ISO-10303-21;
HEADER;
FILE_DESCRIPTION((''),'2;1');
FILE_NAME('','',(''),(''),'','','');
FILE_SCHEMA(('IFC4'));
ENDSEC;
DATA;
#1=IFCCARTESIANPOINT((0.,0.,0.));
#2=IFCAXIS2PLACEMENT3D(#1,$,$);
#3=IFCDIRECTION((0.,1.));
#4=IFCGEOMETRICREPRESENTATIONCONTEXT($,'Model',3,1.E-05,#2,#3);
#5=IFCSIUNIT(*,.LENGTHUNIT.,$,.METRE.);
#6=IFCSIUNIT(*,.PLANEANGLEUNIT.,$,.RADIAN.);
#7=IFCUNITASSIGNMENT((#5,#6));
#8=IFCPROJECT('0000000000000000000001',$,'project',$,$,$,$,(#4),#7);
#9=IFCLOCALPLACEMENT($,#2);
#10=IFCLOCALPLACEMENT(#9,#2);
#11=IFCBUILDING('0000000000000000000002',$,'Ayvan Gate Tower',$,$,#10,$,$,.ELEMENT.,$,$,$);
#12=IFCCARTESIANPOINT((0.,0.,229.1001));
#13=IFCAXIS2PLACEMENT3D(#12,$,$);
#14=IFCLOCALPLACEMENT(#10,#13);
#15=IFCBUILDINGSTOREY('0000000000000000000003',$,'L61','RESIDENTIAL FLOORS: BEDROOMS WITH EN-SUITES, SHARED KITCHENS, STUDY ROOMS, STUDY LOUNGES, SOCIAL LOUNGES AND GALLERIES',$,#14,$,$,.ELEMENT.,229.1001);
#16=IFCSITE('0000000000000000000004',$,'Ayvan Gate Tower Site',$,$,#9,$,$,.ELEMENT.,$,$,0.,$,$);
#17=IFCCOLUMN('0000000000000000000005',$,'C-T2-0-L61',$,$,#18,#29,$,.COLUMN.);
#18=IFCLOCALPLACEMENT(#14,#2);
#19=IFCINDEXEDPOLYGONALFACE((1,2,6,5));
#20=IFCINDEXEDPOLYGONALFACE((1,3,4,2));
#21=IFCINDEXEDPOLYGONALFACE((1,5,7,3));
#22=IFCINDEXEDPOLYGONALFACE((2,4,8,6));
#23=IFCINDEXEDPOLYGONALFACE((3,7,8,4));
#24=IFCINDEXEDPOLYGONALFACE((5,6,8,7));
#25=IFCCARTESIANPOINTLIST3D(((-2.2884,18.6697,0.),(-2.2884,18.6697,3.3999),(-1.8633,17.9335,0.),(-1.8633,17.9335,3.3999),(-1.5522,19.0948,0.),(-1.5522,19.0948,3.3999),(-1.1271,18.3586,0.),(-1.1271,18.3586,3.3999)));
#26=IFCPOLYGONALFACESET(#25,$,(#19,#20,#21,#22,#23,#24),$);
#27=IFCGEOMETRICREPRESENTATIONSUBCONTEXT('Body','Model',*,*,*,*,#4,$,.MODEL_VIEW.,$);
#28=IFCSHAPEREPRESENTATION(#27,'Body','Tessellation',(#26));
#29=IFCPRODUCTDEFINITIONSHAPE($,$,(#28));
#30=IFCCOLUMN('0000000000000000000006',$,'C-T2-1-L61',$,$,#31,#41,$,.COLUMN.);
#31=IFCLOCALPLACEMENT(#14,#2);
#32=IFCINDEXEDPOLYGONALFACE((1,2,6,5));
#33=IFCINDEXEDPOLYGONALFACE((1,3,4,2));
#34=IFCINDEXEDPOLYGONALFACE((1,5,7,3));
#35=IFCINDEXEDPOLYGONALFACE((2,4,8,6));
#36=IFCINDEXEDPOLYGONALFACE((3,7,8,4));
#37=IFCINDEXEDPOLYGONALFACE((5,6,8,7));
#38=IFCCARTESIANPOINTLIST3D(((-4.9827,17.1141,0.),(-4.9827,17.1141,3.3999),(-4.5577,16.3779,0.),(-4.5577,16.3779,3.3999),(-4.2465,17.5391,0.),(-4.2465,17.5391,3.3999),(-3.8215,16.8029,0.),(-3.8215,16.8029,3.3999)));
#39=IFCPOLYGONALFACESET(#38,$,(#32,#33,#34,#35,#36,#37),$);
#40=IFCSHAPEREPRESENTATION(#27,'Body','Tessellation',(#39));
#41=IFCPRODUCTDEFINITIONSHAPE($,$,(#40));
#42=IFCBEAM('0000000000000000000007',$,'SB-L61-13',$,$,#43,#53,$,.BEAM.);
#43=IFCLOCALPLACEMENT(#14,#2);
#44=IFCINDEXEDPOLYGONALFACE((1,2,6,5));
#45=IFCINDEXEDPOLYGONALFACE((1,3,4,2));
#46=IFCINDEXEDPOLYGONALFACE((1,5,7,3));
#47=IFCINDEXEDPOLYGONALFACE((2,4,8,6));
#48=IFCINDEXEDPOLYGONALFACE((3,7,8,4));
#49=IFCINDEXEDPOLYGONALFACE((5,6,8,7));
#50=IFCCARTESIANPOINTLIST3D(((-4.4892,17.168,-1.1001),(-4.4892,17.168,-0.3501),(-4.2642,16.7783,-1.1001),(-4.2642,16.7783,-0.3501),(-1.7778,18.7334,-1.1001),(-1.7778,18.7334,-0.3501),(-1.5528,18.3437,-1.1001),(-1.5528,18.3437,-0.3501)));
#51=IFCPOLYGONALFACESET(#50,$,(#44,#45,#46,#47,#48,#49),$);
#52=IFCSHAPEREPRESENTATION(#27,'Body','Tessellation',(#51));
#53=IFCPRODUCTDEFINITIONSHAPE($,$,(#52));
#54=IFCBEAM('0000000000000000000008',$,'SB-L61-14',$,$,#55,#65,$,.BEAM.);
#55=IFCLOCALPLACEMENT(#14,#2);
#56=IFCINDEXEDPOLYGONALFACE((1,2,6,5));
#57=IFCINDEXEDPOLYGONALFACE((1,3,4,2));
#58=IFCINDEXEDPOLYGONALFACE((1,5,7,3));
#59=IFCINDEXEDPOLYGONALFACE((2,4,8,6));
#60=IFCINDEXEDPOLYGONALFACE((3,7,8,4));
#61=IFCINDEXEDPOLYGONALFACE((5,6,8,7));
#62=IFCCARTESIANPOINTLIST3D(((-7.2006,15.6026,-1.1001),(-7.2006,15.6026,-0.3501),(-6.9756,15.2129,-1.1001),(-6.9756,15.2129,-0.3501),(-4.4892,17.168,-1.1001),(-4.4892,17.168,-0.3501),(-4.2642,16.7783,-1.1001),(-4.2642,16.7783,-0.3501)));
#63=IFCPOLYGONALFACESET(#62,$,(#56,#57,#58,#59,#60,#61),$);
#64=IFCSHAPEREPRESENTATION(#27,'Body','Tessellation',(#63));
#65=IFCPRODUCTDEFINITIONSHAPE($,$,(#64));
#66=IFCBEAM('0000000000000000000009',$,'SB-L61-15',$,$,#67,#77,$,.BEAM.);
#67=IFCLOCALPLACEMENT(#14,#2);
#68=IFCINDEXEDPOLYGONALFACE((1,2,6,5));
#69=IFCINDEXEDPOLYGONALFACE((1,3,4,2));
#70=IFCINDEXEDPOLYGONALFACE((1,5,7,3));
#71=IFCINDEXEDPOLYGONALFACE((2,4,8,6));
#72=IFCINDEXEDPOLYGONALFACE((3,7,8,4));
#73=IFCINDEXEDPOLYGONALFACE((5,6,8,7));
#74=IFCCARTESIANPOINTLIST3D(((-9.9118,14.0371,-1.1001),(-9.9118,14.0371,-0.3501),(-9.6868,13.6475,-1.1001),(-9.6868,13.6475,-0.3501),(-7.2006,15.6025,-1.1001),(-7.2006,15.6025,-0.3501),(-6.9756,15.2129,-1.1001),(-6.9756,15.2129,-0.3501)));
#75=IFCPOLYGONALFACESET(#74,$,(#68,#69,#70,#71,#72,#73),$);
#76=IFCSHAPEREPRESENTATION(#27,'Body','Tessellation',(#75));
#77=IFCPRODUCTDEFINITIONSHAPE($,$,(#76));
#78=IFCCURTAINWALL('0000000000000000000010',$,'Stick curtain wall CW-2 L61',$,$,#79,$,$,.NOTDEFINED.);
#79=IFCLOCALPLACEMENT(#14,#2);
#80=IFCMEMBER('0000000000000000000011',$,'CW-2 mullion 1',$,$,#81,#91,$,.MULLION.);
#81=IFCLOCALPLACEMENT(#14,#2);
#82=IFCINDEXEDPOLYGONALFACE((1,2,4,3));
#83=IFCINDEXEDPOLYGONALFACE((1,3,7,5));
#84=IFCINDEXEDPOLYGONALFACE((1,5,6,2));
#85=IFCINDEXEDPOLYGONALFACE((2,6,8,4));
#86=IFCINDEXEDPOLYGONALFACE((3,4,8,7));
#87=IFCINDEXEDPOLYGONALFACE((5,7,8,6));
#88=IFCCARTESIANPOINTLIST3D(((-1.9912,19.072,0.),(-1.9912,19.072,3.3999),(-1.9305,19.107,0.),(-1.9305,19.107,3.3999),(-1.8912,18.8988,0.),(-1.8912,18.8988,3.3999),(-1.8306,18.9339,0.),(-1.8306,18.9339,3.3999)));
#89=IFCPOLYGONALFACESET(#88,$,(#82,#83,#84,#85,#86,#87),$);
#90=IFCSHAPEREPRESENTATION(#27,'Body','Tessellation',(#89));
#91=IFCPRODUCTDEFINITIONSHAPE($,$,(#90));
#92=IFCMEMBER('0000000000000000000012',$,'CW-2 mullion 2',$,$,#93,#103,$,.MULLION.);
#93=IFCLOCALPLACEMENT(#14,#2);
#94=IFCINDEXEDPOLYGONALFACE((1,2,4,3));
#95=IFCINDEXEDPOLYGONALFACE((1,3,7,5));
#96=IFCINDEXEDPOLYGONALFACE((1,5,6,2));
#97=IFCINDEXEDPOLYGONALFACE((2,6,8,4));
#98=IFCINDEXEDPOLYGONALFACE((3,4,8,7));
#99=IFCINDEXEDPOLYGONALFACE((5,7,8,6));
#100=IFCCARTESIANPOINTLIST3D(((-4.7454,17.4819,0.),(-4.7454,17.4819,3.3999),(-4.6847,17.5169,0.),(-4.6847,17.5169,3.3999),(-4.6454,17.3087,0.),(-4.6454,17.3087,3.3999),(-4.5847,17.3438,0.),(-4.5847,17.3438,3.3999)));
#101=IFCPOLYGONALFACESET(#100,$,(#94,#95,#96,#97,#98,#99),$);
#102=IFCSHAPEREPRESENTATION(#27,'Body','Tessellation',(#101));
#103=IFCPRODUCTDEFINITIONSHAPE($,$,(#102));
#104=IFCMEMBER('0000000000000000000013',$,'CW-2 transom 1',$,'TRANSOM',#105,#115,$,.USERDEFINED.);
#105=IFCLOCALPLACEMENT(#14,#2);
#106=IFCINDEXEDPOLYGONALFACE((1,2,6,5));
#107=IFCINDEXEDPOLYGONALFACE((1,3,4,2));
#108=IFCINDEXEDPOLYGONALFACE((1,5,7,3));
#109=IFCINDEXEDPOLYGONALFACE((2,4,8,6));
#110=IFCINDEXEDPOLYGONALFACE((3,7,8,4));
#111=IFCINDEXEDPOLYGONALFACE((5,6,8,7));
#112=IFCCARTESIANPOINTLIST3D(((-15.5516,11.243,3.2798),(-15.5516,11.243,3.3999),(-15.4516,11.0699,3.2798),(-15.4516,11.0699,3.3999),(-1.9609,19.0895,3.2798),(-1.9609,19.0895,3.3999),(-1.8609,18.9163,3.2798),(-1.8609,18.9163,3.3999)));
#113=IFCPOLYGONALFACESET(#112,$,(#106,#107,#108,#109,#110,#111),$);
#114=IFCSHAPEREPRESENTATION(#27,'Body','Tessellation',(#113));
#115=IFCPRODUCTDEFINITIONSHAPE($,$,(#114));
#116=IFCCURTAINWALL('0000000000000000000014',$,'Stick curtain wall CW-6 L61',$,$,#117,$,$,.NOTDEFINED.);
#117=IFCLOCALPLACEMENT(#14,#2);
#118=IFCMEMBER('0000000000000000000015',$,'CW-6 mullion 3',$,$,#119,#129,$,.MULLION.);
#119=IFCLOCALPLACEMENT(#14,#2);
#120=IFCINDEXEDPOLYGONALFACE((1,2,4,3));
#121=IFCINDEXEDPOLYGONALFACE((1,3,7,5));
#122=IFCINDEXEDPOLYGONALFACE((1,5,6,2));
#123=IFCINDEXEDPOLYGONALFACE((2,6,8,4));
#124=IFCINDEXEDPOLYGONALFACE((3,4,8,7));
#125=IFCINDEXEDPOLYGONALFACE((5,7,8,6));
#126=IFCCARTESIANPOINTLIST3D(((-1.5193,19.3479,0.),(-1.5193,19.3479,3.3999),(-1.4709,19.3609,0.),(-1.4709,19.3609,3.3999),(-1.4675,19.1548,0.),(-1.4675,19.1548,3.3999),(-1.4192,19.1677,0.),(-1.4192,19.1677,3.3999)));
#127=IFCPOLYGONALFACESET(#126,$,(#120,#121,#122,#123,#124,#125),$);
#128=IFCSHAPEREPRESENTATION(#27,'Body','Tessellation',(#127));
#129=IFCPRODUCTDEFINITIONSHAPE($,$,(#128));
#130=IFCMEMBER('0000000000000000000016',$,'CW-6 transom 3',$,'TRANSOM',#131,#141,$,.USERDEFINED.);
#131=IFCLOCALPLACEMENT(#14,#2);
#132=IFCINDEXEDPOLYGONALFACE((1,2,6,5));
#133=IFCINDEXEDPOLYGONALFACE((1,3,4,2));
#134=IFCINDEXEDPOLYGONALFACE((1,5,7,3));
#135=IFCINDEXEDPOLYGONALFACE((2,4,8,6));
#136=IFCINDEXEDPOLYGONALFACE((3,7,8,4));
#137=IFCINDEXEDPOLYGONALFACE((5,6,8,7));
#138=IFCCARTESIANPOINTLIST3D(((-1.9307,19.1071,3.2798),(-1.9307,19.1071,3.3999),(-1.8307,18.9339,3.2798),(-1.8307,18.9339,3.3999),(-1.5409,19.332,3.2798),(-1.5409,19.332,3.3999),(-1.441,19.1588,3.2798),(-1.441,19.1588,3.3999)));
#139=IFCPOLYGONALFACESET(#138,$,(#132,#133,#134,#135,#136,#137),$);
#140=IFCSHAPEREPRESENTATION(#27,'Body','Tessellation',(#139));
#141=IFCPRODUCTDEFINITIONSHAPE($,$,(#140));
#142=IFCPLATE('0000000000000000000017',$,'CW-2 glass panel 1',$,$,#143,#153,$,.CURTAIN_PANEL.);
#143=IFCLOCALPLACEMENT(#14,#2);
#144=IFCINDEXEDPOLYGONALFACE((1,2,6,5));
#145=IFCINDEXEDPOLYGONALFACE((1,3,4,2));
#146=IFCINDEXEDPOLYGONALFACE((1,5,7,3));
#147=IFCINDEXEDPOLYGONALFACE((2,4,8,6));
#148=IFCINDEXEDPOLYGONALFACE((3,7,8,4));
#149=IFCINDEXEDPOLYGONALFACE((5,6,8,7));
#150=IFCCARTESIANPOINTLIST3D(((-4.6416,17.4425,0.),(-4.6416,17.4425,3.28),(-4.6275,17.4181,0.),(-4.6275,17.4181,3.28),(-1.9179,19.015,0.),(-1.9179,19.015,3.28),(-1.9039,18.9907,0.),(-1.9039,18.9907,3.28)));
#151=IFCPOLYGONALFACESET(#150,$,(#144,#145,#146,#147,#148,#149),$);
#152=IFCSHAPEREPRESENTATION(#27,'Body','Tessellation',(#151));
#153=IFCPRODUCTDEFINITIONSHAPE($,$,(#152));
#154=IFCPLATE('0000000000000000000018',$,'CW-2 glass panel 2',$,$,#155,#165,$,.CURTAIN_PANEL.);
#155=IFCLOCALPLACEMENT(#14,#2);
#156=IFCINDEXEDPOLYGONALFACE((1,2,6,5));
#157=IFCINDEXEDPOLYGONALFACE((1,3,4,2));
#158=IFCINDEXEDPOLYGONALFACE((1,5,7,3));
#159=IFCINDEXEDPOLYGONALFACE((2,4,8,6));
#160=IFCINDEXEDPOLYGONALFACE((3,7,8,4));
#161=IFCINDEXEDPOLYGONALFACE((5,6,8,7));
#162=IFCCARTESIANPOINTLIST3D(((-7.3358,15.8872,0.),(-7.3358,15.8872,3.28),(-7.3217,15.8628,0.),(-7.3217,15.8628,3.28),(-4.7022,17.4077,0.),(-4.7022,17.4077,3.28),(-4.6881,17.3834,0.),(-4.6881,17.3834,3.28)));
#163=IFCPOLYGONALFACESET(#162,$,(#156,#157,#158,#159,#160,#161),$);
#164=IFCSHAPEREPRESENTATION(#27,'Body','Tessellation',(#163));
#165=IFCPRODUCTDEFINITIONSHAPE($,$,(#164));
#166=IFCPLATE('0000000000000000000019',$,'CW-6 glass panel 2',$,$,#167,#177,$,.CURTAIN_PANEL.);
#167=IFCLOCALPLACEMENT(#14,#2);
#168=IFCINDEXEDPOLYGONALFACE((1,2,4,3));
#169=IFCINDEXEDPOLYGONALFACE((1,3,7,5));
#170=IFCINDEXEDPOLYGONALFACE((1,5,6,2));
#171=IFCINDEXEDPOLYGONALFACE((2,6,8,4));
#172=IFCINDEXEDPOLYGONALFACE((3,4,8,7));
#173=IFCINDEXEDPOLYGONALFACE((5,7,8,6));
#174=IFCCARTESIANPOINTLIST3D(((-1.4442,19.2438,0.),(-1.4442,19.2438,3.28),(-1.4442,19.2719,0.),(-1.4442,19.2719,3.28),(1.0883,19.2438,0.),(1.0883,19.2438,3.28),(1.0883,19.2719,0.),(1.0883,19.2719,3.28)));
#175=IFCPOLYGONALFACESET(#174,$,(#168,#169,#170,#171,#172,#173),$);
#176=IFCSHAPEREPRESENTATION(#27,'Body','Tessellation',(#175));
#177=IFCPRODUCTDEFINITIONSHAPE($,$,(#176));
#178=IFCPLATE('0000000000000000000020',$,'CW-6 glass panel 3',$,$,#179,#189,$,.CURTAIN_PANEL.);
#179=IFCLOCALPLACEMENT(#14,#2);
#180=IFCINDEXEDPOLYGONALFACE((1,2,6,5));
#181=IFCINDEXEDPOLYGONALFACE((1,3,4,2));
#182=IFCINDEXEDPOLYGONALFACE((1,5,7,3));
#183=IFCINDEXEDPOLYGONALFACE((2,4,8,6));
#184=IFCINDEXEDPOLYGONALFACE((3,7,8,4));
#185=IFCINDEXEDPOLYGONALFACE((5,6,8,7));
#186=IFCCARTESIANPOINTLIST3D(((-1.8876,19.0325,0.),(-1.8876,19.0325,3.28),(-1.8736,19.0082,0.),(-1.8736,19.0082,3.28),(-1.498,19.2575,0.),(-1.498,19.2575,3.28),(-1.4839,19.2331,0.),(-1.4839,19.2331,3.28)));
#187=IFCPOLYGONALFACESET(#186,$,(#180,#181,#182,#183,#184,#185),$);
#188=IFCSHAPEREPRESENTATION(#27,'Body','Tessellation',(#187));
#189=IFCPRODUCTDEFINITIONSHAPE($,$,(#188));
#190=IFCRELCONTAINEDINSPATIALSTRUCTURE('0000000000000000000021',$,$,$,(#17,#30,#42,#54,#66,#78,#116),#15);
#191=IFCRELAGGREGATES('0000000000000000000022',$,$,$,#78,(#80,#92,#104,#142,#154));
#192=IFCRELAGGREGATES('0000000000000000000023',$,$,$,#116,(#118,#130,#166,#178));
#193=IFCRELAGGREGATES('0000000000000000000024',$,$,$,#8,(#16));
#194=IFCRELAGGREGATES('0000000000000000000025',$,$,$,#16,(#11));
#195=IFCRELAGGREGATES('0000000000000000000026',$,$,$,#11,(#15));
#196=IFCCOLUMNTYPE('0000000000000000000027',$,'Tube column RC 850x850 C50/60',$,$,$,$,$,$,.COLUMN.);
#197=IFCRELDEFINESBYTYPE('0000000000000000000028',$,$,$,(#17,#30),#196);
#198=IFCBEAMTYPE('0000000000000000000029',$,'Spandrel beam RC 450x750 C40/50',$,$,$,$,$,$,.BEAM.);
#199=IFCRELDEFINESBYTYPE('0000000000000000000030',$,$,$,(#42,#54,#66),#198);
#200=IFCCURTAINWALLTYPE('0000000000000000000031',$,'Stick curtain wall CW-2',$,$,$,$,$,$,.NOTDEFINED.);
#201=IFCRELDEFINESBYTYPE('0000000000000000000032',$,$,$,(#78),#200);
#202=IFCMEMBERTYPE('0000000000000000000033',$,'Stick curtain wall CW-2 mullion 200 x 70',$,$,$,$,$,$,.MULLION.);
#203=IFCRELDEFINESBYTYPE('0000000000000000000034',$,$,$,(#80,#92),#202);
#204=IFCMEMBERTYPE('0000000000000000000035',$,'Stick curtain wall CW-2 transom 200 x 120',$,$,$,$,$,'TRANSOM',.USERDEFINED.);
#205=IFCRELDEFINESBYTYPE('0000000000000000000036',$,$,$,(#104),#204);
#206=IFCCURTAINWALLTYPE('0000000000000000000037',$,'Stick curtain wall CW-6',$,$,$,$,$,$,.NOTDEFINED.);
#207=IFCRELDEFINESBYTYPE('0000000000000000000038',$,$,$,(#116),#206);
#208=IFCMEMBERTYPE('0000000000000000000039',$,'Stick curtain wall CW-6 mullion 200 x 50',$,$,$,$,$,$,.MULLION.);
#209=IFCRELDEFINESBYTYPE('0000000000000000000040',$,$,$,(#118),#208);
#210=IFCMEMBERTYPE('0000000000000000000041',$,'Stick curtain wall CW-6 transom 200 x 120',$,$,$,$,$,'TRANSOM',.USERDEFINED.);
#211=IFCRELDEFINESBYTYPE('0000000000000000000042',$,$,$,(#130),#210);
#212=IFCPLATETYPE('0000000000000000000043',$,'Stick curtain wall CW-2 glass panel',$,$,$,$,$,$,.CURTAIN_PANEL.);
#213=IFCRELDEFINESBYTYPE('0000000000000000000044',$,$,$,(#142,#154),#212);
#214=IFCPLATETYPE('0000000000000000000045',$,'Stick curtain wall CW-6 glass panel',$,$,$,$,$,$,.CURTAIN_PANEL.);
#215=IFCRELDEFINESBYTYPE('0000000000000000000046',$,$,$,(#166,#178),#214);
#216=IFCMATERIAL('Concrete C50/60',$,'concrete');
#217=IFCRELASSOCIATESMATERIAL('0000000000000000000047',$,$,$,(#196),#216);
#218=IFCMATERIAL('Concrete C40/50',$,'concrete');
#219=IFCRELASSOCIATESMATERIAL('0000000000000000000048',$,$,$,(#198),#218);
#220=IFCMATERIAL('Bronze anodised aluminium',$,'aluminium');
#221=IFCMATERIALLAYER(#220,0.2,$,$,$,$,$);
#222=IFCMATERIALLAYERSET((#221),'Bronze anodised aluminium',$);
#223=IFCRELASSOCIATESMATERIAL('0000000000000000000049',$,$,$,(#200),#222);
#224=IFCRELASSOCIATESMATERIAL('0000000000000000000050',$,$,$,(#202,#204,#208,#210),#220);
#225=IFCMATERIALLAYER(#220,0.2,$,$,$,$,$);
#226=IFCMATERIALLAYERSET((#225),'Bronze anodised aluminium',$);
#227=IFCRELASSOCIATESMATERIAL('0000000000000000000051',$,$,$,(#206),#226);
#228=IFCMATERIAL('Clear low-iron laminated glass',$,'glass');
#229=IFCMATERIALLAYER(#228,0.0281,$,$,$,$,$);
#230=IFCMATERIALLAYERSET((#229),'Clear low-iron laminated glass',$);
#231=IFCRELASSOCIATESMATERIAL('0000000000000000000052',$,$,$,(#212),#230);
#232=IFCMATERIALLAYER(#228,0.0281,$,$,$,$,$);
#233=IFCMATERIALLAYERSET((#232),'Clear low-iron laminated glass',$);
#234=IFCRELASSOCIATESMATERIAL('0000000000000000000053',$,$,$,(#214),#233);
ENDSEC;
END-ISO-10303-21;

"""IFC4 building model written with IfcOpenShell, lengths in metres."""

from ifc_helpers import new_model, si_unit, direction, frame, origin, origin_2d, place, context, subcontext, project, spatial, rectangle, extrude, material, layer, layer_set, material_profile, profile_set, type_object, element, aggregate, save


model = new_model("IFC4")

# Units and contexts
model_context = context("Model", 3, precision=1e-05, world=origin(), true_north=direction((0.0, 1.0)))
body_context = subcontext(model_context, "Body", "Model", "MODEL_VIEW")
ifc_project = project(units=[si_unit("LENGTHUNIT", "METRE"), si_unit("PLANEANGLEUNIT", "RADIAN")], contexts=[model_context])

# Site, building, storey
site_placement = place(None, origin())
site = spatial("IfcSite", under=ifc_project, at=site_placement, Name="Ayvan Gate Tower Site", CompositionType="ELEMENT", RefElevation=0.0)
building_placement = place(site_placement, origin())
building = spatial("IfcBuilding", under=site, at=building_placement, Name="Ayvan Gate Tower", CompositionType="ELEMENT")
storey_placement = place(building_placement, frame((0.0, 0.0, 229.1001)))
storey = spatial("IfcBuildingStorey", under=building, at=storey_placement, Name="L61", Description="RESIDENTIAL FLOORS: BEDROOMS WITH EN-SUITES, SHARED KITCHENS, STUDY ROOMS, STUDY LOUNGES, SOCIAL LOUNGES AND GALLERIES", CompositionType="ELEMENT", Elevation=229.1001)

# Columns
ifc_material_1 = material(Name="Concrete C50/60", Category="concrete")
ifc_material_profile_1 = material_profile(ifc_material_1, rectangle(XDim=0.8501, YDim=0.8501, at=origin_2d()), Name="RC 850x850")
ifc_profile_set_1 = profile_set([ifc_material_profile_1], Name="Concrete C50/60")
column_type = type_object("IfcColumnType", Name="Tube column RC 850x850 C50/60", PredefinedType="COLUMN", material=ifc_profile_set_1)
for number, where, z_axis, x_axis, name in (
    (1, (-1.7078, 18.5142, 0.0), (0.0, 0.0, 1.0), (-0.5, 0.866025, 0.0), "C-T2-0-L61"),
    (2, (-4.4021, 16.9585, 0.0), (0.0, 0.0, 1.0), (-0.5, 0.866025, 0.0), "C-T2-1-L61"),
):
    element("IfcColumn", number, at=place(storey_placement, frame(where, z_axis=z_axis, x_axis=x_axis)), inside=storey, type_object=column_type, Name=name, PredefinedType="COLUMN", context=body_context, shape_type="SweptSolid", body=[
        extrude(rectangle(XDim=0.8501, YDim=0.8501, at=origin_2d()), origin(), (0.0, 0.0, 1.0), 3.3999),
    ])

# Beams
ifc_material_2 = material(Name="Concrete C40/50", Category="concrete")
ifc_material_profile_2 = material_profile(ifc_material_2, rectangle(XDim=0.45, YDim=0.75, at=origin_2d()), Name="RC 450x750")
ifc_profile_set_2 = profile_set([ifc_material_profile_2], Name="Concrete C40/50")
beam_type = type_object("IfcBeamType", Name="Spandrel beam RC 450x750 C40/50", PredefinedType="BEAM", material=ifc_profile_set_2)
for number, where, z_axis, x_axis, name in (
    (3, (-1.6653, 18.5386, -0.7251), (-0.866027, -0.499997, 0.0), (0.499997, -0.866027, 0.0), "SB-L61-13"),
    (4, (-4.3767, 16.9731, -0.7251), (-0.866027, -0.499997, 0.0), (0.499997, -0.866027, 0.0), "SB-L61-14"),
):
    element("IfcBeam", number, at=place(storey_placement, frame(where, z_axis=z_axis, x_axis=x_axis)), inside=storey, type_object=beam_type, Name=name, PredefinedType="BEAM", context=body_context, shape_type="SweptSolid", body=[
        extrude(rectangle(XDim=0.45, YDim=0.75, at=origin_2d()), origin(), (0.0, 0.0, 1.0), 3.1309),
    ])
beam_placement = place(storey_placement, frame((-7.0881, 15.4077, -0.7251), z_axis=(-0.866008, -0.500031, 0.0), x_axis=(0.500031, -0.866008, 0.0)))
element("IfcBeam", 5, at=beam_placement, inside=storey, type_object=beam_type, Name="SB-L61-15", PredefinedType="BEAM", context=body_context, shape_type="SweptSolid", body=[
    extrude(rectangle(XDim=0.45, YDim=0.75, at=origin_2d()), origin(), (0.0, 0.0, 1.0), 3.1306),
])

# Curtain walls, members
ifc_material_3 = material(Name="Bronze anodised aluminium", Category="aluminium")
ifc_layer_1 = layer(ifc_material_3, 0.2)
ifc_layer_set_1 = layer_set([ifc_layer_1], Name="Bronze anodised aluminium")
curtain_wall_type_1 = type_object("IfcCurtainWallType", Name="Stick curtain wall CW-2", PredefinedType="NOTDEFINED", material=ifc_layer_set_1)
curtain_wall_1_placement = place(storey_placement, origin())
curtain_wall_1 = element("IfcCurtainWall", 6, at=curtain_wall_1_placement, inside=storey, type_object=curtain_wall_type_1, Name="Stick curtain wall CW-2 L61", PredefinedType="NOTDEFINED")
ifc_material_profile_3 = material_profile(ifc_material_3, rectangle(XDim=0.2, YDim=0.0701, at=origin_2d()), Name="Stick curtain wall CW-2 mullion 200 x 70")
ifc_profile_set_3 = profile_set([ifc_material_profile_3], Name="Bronze anodised aluminium")
member_type_1 = type_object("IfcMemberType", Name="Stick curtain wall CW-2 mullion 200 x 70", PredefinedType="MULLION", material=ifc_profile_set_3)
member_1_placement = place(storey_placement, frame((-1.9109, 19.0029, 0.0), z_axis=(0.0, 0.0, 1.0), x_axis=(-0.5, 0.866025, 0.0)))
member_1 = element("IfcMember", 7, at=member_1_placement, type_object=member_type_1, Name="CW-2 mullion 1", PredefinedType="MULLION", context=body_context, shape_type="SweptSolid", body=[
    extrude(rectangle(XDim=0.2, YDim=0.0701, at=origin_2d()), origin(), (0.0, 0.0, 1.0), 3.3999),
])
member_2_placement = place(storey_placement, frame((-4.665, 17.4128, 0.0), z_axis=(0.0, 0.0, 1.0), x_axis=(-0.5, 0.866025, 0.0)))
member_2 = element("IfcMember", 8, at=member_2_placement, type_object=member_type_1, Name="CW-2 mullion 2", PredefinedType="MULLION", context=body_context, shape_type="SweptSolid", body=[
    extrude(rectangle(XDim=0.2, YDim=0.0701, at=origin_2d()), origin(), (0.0, 0.0, 1.0), 3.3999),
])
ifc_material_profile_4 = material_profile(ifc_material_3, rectangle(XDim=0.2, YDim=0.1201, at=origin_2d()), Name="Stick curtain wall CW-2 transom 200 x 120")
ifc_profile_set_4 = profile_set([ifc_material_profile_4], Name="Bronze anodised aluminium")
member_type_2 = type_object("IfcMemberType", Name="Stick curtain wall CW-2 transom 200 x 120", ElementType="TRANSOM", PredefinedType="USERDEFINED", material=ifc_profile_set_4)
member_3_placement = place(storey_placement, frame((-1.9109, 19.0029, 3.3398), z_axis=(-0.866028, -0.499996, 0.0), x_axis=(0.499996, -0.866028, 0.0)))
member_3 = element("IfcMember", 9, at=member_3_placement, type_object=member_type_2, Name="CW-2 transom 1", ObjectType="TRANSOM", PredefinedType="USERDEFINED", context=body_context, shape_type="SweptSolid", body=[
    extrude(rectangle(XDim=0.2, YDim=0.1201, at=origin_2d()), origin(), (0.0, 0.0, 1.0), 15.6931),
])
ifc_layer_2 = layer(ifc_material_3, 0.2)
ifc_layer_set_2 = layer_set([ifc_layer_2], Name="Bronze anodised aluminium")
curtain_wall_type_2 = type_object("IfcCurtainWallType", Name="Stick curtain wall CW-6", PredefinedType="NOTDEFINED", material=ifc_layer_set_2)
curtain_wall_2_placement = place(storey_placement, origin())
curtain_wall_2 = element("IfcCurtainWall", 10, at=curtain_wall_2_placement, inside=storey, type_object=curtain_wall_type_2, Name="Stick curtain wall CW-6 L61", PredefinedType="NOTDEFINED")
ifc_material_profile_5 = material_profile(ifc_material_3, rectangle(XDim=0.2, YDim=0.05, at=origin_2d()), Name="Stick curtain wall CW-6 mullion 200 x 50")
ifc_profile_set_5 = profile_set([ifc_material_profile_5], Name="Bronze anodised aluminium")
member_type_3 = type_object("IfcMemberType", Name="Stick curtain wall CW-6 mullion 200 x 50", PredefinedType="MULLION", material=ifc_profile_set_5)
member_4_placement = place(storey_placement, frame((-1.4692, 19.2578, 0.0), z_axis=(0.0, 0.0, 1.0), x_axis=(-0.258819, 0.965926, 0.0)))
member_4 = element("IfcMember", 11, at=member_4_placement, type_object=member_type_3, Name="CW-6 mullion 3", PredefinedType="MULLION", context=body_context, shape_type="SweptSolid", body=[
    extrude(rectangle(XDim=0.2, YDim=0.05, at=origin_2d()), origin(), (0.0, 0.0, 1.0), 3.3999),
])
ifc_material_profile_6 = material_profile(ifc_material_3, rectangle(XDim=0.2, YDim=0.1201, at=origin_2d()), Name="Stick curtain wall CW-6 transom 200 x 120")
ifc_profile_set_6 = profile_set([ifc_material_profile_6], Name="Bronze anodised aluminium")
member_type_4 = type_object("IfcMemberType", Name="Stick curtain wall CW-6 transom 200 x 120", ElementType="TRANSOM", PredefinedType="USERDEFINED", material=ifc_profile_set_6)
member_5_placement = place(storey_placement, frame((-1.491, 19.2454, 3.3398), z_axis=(-0.866131, -0.499816, 0.0), x_axis=(0.499816, -0.866131, 0.0)))
member_5 = element("IfcMember", 12, at=member_5_placement, type_object=member_type_4, Name="CW-6 transom 3", ObjectType="TRANSOM", PredefinedType="USERDEFINED", context=body_context, shape_type="SweptSolid", body=[
    extrude(rectangle(XDim=0.2, YDim=0.1201, at=origin_2d()), origin(), (0.0, 0.0, 1.0), 0.45),
])

# Plates
ifc_material_4 = material(Name="Clear low-iron laminated glass", Category="glass")
ifc_layer_3 = layer(ifc_material_4, 0.0281)
ifc_layer_set_3 = layer_set([ifc_layer_3], Name="Clear low-iron laminated glass")
plate_type_1 = type_object("IfcPlateType", Name="Stick curtain wall CW-2 glass panel", PredefinedType="CURTAIN_PANEL", material=ifc_layer_set_3)
plate_1_placement = place(storey_placement, frame((-3.2727, 18.2166, 0.0), z_axis=(0.0, 0.0, 1.0), x_axis=(-0.866025, -0.5, 0.0)))
plate_1 = element("IfcPlate", 13, at=plate_1_placement, type_object=plate_type_1, Name="CW-2 glass panel 1", PredefinedType="CURTAIN_PANEL", context=body_context, shape_type="SweptSolid", body=[
    extrude(rectangle(XDim=3.145, YDim=0.0281, at=origin_2d()), origin(), (0.0, 0.0, 1.0), 3.28),
])
plate_2_placement = place(storey_placement, frame((-6.012, 16.6353, 0.0), z_axis=(0.0, 0.0, 1.0), x_axis=(-0.866025, -0.5, 0.0)))
plate_2 = element("IfcPlate", 14, at=plate_2_placement, type_object=plate_type_1, Name="CW-2 glass panel 2", PredefinedType="CURTAIN_PANEL", context=body_context, shape_type="SweptSolid", body=[
    extrude(rectangle(XDim=3.041, YDim=0.0281, at=origin_2d()), origin(), (0.0, 0.0, 1.0), 3.28),
])
aggregate(curtain_wall_1, [member_1, member_2, member_3, plate_1, plate_2])
ifc_layer_4 = layer(ifc_material_4, 0.0281)
ifc_layer_set_4 = layer_set([ifc_layer_4], Name="Clear low-iron laminated glass")
plate_type_2 = type_object("IfcPlateType", Name="Stick curtain wall CW-6 glass panel", PredefinedType="CURTAIN_PANEL", material=ifc_layer_set_4)
plate_3_placement = place(storey_placement, frame((-0.178, 19.2578, 0.0), z_axis=(0.0, 0.0, 1.0), x_axis=(-1.0, 0.0, 0.0)))
plate_3 = element("IfcPlate", 15, at=plate_3_placement, type_object=plate_type_2, Name="CW-6 glass panel 2", PredefinedType="CURTAIN_PANEL", context=body_context, shape_type="SweptSolid", body=[
    extrude(rectangle(XDim=2.5325, YDim=0.0281, at=origin_2d()), origin(), (0.0, 0.0, 1.0), 3.28),
])
plate_4_placement = place(storey_placement, frame((-1.6858, 19.1328, 0.0), z_axis=(0.0, 0.0, 1.0), x_axis=(-0.866025, -0.5, 0.0)))
plate_4 = element("IfcPlate", 16, at=plate_4_placement, type_object=plate_type_2, Name="CW-6 glass panel 3", PredefinedType="CURTAIN_PANEL", context=body_context, shape_type="SweptSolid", body=[
    extrude(rectangle(XDim=0.45, YDim=0.0281, at=origin_2d()), origin(), (0.0, 0.0, 1.0), 3.28),
])
aggregate(curtain_wall_2, [member_4, member_5, plate_3, plate_4])

save(model, "model.ifc")
